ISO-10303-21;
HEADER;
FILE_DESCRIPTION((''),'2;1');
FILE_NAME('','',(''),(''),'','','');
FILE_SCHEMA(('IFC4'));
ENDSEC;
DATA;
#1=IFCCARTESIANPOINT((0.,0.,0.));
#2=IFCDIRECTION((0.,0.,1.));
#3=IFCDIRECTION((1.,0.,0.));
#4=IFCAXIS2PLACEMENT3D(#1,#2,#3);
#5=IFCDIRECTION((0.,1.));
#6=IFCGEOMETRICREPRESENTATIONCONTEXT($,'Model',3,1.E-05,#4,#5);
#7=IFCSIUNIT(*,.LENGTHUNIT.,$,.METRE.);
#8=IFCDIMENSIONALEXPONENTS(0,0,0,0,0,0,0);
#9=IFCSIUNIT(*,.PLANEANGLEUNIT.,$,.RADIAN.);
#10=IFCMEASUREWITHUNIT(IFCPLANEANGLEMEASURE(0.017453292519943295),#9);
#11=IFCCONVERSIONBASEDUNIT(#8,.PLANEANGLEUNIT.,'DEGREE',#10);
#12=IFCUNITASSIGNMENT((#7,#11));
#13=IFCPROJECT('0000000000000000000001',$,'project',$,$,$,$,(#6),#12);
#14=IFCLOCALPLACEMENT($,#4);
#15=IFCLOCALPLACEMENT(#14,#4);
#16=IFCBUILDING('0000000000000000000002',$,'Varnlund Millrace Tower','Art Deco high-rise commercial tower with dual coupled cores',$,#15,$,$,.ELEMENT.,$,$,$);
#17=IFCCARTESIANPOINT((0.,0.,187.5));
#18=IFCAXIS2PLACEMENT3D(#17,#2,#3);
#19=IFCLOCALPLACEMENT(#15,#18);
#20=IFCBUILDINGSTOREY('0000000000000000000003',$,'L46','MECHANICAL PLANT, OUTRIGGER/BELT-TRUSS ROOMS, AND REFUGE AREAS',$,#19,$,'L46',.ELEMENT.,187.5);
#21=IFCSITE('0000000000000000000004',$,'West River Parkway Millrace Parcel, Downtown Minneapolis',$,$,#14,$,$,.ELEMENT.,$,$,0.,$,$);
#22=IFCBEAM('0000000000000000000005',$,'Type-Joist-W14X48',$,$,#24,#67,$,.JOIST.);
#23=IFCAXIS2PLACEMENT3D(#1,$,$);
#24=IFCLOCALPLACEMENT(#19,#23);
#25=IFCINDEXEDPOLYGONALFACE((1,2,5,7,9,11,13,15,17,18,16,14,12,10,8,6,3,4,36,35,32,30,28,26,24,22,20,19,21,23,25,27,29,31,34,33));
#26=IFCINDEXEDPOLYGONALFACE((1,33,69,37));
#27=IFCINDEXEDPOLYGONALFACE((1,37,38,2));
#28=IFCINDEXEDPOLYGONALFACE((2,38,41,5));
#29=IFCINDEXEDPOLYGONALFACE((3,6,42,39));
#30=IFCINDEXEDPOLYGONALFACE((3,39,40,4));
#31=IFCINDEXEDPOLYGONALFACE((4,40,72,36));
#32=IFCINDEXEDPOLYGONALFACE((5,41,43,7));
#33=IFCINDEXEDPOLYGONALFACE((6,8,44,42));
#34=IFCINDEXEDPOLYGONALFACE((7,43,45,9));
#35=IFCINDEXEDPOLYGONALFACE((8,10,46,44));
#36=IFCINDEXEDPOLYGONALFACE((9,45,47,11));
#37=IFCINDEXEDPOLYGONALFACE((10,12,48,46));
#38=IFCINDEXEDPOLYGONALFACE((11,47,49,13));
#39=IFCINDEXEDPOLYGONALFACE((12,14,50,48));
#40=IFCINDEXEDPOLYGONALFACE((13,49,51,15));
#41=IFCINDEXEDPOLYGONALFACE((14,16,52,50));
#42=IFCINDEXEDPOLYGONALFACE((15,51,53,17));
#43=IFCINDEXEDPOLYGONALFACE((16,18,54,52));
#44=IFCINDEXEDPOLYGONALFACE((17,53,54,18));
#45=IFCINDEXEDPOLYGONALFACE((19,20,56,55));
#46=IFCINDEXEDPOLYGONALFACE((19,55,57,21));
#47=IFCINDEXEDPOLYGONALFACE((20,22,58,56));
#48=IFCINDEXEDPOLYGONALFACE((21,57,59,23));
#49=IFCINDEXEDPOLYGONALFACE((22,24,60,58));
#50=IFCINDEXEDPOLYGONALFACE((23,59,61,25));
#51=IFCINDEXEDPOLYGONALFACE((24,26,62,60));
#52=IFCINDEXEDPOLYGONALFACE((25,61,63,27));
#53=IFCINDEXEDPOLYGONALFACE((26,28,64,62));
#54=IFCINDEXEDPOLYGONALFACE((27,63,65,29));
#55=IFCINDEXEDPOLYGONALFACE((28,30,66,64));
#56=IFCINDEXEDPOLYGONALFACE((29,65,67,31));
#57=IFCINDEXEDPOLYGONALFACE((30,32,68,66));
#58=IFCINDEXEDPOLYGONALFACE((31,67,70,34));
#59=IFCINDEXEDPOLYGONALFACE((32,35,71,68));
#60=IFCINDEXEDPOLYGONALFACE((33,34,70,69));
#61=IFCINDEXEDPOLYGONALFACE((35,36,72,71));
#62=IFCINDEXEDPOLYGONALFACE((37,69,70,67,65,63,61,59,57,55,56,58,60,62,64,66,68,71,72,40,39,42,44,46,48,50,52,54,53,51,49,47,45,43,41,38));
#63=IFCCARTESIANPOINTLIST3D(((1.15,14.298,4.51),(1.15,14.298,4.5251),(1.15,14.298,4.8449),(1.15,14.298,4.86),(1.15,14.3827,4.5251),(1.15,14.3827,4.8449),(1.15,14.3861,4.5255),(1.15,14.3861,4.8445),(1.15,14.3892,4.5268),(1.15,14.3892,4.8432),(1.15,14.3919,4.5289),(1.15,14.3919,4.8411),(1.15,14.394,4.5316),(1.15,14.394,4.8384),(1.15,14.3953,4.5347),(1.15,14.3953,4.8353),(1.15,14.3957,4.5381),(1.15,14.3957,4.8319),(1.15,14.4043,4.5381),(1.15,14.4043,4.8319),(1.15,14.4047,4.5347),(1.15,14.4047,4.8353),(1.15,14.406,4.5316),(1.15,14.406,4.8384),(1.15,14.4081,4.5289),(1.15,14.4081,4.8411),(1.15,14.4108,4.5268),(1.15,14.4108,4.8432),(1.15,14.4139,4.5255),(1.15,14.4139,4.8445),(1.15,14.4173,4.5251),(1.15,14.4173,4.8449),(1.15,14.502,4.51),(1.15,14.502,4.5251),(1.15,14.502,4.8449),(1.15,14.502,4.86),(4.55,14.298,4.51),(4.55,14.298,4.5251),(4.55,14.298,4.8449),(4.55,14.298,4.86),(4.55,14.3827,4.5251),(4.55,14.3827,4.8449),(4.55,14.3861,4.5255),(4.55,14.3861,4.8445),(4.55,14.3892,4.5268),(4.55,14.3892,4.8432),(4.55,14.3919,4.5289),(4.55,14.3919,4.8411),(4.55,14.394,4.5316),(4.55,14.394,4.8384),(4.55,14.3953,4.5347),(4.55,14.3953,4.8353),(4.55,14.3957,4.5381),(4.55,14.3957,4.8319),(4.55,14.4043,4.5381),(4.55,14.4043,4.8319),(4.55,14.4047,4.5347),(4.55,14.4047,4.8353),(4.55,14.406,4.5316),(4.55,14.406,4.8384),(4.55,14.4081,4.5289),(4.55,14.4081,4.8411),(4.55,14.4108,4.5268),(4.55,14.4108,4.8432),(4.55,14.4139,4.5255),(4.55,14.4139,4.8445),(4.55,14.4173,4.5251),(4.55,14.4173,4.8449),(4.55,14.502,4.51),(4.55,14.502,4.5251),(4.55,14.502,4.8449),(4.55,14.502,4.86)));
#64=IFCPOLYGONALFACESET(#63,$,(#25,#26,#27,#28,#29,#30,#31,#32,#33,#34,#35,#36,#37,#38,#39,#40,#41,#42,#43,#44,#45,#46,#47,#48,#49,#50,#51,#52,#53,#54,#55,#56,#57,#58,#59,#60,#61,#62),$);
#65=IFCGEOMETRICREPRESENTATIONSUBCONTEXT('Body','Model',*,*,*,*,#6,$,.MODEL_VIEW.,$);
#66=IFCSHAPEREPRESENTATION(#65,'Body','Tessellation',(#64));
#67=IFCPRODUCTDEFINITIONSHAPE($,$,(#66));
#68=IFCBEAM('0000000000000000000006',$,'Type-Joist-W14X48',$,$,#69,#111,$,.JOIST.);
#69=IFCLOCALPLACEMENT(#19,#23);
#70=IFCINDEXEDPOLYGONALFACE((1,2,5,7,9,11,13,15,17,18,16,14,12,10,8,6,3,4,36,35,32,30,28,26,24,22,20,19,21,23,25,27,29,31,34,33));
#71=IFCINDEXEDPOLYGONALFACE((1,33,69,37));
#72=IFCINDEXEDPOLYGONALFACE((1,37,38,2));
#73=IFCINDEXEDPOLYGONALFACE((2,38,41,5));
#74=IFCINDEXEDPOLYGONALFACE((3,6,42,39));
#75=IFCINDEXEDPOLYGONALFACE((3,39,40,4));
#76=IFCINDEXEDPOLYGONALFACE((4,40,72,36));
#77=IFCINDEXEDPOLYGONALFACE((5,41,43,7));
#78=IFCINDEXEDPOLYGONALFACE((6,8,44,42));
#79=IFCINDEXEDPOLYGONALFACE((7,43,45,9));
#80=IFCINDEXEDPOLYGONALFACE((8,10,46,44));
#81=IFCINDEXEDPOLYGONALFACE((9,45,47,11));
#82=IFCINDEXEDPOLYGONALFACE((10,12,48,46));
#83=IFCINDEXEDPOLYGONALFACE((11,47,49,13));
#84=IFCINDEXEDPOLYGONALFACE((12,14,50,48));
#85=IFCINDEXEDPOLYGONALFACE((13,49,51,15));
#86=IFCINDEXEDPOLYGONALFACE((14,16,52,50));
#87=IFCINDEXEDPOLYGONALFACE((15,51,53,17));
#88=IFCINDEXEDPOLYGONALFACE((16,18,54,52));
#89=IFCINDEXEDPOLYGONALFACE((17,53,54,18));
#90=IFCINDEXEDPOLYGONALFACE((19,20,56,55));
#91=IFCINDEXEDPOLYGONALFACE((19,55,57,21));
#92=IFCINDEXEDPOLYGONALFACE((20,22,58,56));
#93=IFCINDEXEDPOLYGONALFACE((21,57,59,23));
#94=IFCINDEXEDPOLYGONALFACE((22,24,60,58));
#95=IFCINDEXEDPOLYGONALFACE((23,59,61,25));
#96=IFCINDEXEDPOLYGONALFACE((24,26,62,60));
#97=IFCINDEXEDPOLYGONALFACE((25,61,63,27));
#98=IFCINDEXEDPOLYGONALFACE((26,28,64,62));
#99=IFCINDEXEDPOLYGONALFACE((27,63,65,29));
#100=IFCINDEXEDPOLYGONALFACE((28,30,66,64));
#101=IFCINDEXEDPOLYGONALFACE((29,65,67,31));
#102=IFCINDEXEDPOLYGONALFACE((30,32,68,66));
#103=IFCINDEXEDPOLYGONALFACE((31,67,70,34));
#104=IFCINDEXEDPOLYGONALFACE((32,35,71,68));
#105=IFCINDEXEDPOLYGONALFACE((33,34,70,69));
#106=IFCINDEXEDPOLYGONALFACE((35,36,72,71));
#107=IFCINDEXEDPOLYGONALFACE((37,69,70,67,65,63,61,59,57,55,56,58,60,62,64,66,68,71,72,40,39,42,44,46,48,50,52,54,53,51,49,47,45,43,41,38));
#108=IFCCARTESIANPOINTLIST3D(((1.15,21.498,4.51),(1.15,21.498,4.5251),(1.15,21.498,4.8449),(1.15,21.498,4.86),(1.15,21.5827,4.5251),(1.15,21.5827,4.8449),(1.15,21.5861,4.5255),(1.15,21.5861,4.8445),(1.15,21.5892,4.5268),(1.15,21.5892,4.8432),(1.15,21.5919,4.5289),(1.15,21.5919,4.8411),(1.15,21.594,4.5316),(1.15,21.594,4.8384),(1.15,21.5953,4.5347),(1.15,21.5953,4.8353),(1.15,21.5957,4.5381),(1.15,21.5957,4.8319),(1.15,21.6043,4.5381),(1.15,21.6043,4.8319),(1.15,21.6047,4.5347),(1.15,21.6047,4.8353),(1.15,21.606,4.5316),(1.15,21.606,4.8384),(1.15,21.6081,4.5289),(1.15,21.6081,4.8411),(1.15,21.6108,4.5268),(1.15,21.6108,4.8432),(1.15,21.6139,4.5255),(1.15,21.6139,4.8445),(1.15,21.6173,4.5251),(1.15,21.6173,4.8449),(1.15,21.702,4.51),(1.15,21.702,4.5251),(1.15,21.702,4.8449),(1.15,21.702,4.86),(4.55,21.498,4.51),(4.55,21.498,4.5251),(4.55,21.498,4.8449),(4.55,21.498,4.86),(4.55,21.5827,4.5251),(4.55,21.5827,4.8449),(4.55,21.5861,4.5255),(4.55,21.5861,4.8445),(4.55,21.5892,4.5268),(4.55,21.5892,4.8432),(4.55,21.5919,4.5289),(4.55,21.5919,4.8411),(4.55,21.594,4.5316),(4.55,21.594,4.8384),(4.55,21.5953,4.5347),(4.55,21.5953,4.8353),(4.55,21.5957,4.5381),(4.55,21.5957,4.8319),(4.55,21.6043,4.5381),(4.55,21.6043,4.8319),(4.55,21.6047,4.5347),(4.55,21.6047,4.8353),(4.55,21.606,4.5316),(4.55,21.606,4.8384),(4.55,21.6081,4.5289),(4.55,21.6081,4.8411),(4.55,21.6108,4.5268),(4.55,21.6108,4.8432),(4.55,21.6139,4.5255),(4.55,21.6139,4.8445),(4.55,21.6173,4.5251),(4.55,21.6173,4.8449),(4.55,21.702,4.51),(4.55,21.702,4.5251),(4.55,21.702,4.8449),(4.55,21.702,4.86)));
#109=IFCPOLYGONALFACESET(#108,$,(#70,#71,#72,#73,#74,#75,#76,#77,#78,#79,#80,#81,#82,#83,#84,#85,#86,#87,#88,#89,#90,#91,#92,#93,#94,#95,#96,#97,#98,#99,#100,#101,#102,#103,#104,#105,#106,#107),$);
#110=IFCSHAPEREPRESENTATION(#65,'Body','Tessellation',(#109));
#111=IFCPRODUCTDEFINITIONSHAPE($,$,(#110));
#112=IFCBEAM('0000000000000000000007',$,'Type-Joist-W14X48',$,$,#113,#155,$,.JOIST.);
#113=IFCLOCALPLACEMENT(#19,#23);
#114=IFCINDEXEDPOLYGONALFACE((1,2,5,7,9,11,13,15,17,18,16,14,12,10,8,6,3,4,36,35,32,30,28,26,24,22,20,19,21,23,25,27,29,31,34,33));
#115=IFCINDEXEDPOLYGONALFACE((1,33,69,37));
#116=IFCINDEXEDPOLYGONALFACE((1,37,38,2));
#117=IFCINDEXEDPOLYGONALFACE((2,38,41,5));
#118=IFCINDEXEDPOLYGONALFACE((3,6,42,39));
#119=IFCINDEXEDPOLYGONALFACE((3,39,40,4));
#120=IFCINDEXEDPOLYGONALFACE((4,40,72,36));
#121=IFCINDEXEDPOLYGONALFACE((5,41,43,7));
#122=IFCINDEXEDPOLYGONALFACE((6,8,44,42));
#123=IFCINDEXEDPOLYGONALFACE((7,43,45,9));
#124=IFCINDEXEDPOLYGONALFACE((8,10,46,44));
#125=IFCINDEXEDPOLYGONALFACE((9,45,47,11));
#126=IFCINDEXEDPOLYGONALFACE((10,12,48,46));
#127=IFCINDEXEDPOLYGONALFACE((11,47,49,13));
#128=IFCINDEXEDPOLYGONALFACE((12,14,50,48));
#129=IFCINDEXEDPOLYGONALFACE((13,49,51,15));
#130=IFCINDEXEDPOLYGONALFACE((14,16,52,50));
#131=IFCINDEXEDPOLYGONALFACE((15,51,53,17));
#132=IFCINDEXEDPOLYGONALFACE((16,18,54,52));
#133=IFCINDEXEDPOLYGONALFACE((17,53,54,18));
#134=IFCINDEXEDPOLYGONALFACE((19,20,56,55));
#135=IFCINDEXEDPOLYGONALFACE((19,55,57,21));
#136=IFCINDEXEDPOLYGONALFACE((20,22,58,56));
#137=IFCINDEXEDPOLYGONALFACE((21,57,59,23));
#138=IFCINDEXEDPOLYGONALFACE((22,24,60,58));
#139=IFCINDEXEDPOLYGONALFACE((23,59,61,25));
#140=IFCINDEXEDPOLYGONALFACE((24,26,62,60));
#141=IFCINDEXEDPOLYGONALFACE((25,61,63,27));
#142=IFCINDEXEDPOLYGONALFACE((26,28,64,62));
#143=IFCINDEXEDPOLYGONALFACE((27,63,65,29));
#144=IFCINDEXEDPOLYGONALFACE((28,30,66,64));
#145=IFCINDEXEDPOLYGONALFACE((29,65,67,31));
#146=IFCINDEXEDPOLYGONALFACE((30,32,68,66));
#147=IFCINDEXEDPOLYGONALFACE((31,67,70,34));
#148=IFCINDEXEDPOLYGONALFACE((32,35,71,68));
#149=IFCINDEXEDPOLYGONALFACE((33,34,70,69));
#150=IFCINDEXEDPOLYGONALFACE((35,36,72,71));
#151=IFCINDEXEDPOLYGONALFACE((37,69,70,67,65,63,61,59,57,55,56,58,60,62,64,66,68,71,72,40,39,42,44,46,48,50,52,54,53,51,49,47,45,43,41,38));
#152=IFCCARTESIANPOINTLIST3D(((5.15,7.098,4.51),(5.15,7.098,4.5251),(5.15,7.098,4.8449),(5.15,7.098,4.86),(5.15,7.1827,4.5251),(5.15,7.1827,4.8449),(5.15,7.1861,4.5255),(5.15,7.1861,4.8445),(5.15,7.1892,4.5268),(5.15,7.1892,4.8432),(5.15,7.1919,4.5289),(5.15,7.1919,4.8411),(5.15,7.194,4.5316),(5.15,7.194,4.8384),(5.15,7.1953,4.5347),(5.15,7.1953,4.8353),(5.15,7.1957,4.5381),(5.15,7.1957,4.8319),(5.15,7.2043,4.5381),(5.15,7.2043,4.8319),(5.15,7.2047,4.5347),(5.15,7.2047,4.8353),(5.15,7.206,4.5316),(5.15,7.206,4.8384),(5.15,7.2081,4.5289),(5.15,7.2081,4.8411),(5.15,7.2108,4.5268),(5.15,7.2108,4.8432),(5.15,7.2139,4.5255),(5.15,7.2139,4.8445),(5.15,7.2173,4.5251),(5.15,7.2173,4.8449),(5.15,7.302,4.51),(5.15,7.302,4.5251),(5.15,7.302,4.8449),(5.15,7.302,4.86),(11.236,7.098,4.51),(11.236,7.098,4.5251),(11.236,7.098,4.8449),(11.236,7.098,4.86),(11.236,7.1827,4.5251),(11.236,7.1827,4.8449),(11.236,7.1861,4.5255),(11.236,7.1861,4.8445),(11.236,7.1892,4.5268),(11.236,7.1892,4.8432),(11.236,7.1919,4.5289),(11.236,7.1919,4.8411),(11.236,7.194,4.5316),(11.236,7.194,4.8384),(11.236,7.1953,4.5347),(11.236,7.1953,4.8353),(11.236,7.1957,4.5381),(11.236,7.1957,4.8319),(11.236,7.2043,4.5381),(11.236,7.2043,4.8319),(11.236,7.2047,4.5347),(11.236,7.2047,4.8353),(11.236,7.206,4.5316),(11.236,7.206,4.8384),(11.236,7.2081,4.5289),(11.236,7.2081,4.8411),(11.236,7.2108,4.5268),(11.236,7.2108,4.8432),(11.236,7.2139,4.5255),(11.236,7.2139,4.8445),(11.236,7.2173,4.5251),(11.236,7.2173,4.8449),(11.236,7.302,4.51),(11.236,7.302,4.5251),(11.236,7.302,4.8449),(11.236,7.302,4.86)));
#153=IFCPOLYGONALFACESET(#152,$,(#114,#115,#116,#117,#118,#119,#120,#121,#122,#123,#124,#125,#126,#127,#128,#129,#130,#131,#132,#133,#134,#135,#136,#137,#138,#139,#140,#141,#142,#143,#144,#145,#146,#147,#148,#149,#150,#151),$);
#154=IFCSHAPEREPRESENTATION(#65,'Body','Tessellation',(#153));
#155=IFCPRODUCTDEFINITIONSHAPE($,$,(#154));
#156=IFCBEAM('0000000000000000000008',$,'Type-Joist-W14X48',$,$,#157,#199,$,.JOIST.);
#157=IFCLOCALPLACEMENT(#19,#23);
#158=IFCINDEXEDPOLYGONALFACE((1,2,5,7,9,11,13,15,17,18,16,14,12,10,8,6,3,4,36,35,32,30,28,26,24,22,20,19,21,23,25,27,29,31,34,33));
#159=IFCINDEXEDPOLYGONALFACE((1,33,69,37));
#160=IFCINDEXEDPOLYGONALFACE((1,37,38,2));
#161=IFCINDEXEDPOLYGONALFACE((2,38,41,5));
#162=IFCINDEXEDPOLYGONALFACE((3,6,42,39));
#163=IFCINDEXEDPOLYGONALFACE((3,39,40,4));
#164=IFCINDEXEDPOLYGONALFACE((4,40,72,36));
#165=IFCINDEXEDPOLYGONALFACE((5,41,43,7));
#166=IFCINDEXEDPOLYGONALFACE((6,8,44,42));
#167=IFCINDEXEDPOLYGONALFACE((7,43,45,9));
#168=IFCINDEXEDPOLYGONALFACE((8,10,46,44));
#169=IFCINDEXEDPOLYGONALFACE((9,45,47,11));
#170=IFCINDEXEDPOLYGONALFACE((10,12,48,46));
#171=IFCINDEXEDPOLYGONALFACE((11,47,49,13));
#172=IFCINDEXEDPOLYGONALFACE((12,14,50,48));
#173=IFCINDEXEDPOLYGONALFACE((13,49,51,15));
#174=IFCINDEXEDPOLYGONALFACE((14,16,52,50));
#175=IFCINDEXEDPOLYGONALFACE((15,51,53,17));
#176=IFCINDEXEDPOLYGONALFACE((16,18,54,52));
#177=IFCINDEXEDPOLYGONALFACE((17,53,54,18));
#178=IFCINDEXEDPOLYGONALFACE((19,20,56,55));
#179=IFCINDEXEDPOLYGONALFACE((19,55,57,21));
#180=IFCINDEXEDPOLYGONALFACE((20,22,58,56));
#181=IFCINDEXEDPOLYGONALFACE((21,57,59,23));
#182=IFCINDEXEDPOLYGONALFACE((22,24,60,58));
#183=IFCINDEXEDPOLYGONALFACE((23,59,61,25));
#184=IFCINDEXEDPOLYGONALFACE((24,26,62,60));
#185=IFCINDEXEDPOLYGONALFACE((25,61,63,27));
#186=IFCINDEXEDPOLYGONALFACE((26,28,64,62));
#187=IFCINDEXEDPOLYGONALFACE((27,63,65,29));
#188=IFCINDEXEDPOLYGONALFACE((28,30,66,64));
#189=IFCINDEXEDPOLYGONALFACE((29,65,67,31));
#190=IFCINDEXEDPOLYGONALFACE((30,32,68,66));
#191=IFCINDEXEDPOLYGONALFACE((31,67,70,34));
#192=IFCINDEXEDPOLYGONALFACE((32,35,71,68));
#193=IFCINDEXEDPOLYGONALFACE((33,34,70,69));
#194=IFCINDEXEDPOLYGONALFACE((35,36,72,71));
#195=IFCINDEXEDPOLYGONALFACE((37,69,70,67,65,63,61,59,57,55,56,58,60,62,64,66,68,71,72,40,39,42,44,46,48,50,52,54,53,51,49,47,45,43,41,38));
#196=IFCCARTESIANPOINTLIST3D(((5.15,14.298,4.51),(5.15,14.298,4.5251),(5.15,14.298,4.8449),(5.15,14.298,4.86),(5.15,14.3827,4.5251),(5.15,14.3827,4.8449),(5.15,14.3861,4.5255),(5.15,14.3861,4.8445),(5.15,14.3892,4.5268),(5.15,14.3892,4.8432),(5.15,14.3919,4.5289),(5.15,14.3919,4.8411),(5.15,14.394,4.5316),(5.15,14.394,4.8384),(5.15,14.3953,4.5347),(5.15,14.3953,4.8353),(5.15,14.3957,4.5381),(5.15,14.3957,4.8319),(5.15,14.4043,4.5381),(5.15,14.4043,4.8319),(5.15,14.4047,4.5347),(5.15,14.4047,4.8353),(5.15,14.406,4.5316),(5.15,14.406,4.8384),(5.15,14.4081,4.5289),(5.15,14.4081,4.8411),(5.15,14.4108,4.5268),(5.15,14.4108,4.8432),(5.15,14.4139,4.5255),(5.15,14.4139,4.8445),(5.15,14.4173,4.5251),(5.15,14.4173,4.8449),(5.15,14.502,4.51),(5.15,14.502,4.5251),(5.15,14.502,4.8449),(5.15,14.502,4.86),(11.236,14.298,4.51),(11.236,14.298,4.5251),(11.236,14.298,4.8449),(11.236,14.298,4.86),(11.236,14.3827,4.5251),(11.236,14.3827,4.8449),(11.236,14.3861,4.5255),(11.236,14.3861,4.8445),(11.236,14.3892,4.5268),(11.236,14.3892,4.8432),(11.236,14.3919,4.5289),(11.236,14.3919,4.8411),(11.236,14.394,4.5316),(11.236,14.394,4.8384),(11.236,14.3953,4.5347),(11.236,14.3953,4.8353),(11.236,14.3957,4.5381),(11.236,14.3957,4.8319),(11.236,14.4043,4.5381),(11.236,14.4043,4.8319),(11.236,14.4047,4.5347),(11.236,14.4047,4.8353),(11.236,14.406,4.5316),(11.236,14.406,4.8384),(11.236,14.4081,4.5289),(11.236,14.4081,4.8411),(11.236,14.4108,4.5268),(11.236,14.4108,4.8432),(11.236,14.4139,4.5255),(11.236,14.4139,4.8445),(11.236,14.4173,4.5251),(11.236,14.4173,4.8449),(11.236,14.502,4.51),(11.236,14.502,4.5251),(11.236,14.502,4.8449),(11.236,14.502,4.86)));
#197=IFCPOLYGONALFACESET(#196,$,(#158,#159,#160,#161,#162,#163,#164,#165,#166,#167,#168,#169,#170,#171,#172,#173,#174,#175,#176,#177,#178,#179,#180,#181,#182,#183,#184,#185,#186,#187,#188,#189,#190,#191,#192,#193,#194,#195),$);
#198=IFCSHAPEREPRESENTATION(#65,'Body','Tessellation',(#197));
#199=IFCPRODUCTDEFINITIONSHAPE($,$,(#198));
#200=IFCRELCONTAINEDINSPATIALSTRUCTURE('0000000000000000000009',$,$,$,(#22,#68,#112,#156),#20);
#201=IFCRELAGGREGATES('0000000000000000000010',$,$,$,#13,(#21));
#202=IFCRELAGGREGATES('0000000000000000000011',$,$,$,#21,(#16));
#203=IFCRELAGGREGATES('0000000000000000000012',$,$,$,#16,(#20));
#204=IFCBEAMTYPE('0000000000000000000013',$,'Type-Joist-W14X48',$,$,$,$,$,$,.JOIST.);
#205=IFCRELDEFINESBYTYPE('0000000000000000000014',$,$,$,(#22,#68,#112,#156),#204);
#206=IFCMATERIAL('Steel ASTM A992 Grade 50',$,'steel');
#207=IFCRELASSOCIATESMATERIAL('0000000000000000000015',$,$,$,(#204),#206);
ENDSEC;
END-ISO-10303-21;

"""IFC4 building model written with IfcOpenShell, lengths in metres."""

from ifc_helpers import new_model, entity, si_unit, converted_unit, direction, frame, origin_with_axes, origin_2d_with_axis, place, context, subcontext, project, spatial, i_section, extrude, material, material_profile, profile_set, type_object, element, save


model = new_model("IFC4")

# Units and contexts
model_context = context("Model", 3, precision=1e-05, world=origin_with_axes(), true_north=direction((0.0, 1.0)))
body_context = subcontext(model_context, "Body", "Model", "MODEL_VIEW")
ifc_project = project(units=[si_unit("LENGTHUNIT", "METRE"), converted_unit("PLANEANGLEUNIT", "DEGREE", entity("IfcPlaneAngleMeasure", 0.017453292519943295), si_unit("PLANEANGLEUNIT", "RADIAN"), dimensions=[0, 0, 0, 0, 0, 0, 0])], contexts=[model_context])

# Site, building, storey
site_placement = place(None, origin_with_axes())
site = spatial("IfcSite", under=ifc_project, at=site_placement, Name="West River Parkway Millrace Parcel, Downtown Minneapolis", CompositionType="ELEMENT", RefElevation=0.0)
building_placement = place(site_placement, origin_with_axes())
building = spatial("IfcBuilding", under=site, at=building_placement, Name="Varnlund Millrace Tower", Description="Art Deco high-rise commercial tower with dual coupled cores", CompositionType="ELEMENT")
storey_placement = place(building_placement, frame((0.0, 0.0, 187.5), z_axis=(0.0, 0.0, 1.0), x_axis=(1.0, 0.0, 0.0)))
storey = spatial("IfcBuildingStorey", under=building, at=storey_placement, Name="L46", Description="MECHANICAL PLANT, OUTRIGGER/BELT-TRUSS ROOMS, AND REFUGE AREAS", LongName="L46", CompositionType="ELEMENT", Elevation=187.5)

# Beams
ifc_material_1 = material(Name="Steel ASTM A992 Grade 50", Category="steel")
ifc_material_profile_1 = material_profile(ifc_material_1, i_section(OverallWidth=0.204, OverallDepth=0.35, WebThickness=0.0086, FlangeThickness=0.0151, FilletRadius=0.013, at=origin_2d_with_axis()), Name="Steel ASTM A992 Grade 50")
ifc_profile_set_1 = profile_set([ifc_material_profile_1], Name="Steel ASTM A992 Grade 50")
beam_type_1 = type_object("IfcBeamType", Name="Type-Joist-W14X48", PredefinedType="JOIST", material=ifc_profile_set_1)
for number, where, z_axis, x_axis, name in (
    (1, (1.15, 14.4, 4.685), (1.0, 0.0, 0.0), (0.0, 1.0, 0.0), "Type-Joist-W14X48"),
    (2, (1.15, 21.6, 4.685), (1.0, 0.0, 0.0), (0.0, 1.0, 0.0), "Type-Joist-W14X48"),
):
    element("IfcBeam", number, at=place(storey_placement, frame(where, z_axis=z_axis, x_axis=x_axis)), inside=storey, type_object=beam_type_1, Name=name, PredefinedType="JOIST", context=body_context, shape_type="SweptSolid", body=[
        extrude(i_section(OverallWidth=0.204, OverallDepth=0.35, WebThickness=0.0086, FlangeThickness=0.0151, FilletRadius=0.013, at=origin_2d_with_axis()), origin_with_axes(), (0.0, 0.0, 1.0), 3.4),
    ])
for number, where, z_axis, x_axis, name in (
    (3, (5.15, 7.2, 4.685), (1.0, 0.0, 0.0), (0.0, 1.0, 0.0), "Type-Joist-W14X48"),
    (4, (5.15, 14.4, 4.685), (1.0, 0.0, 0.0), (0.0, 1.0, 0.0), "Type-Joist-W14X48"),
):
    element("IfcBeam", number, at=place(storey_placement, frame(where, z_axis=z_axis, x_axis=x_axis)), inside=storey, type_object=beam_type_1, Name=name, PredefinedType="JOIST", context=body_context, shape_type="SweptSolid", body=[
        extrude(i_section(OverallWidth=0.204, OverallDepth=0.35, WebThickness=0.0086, FlangeThickness=0.0151, FilletRadius=0.013, at=origin_2d_with_axis()), origin_with_axes(), (0.0, 0.0, 1.0), 6.086),
    ])

save(model, "model.ifc")
